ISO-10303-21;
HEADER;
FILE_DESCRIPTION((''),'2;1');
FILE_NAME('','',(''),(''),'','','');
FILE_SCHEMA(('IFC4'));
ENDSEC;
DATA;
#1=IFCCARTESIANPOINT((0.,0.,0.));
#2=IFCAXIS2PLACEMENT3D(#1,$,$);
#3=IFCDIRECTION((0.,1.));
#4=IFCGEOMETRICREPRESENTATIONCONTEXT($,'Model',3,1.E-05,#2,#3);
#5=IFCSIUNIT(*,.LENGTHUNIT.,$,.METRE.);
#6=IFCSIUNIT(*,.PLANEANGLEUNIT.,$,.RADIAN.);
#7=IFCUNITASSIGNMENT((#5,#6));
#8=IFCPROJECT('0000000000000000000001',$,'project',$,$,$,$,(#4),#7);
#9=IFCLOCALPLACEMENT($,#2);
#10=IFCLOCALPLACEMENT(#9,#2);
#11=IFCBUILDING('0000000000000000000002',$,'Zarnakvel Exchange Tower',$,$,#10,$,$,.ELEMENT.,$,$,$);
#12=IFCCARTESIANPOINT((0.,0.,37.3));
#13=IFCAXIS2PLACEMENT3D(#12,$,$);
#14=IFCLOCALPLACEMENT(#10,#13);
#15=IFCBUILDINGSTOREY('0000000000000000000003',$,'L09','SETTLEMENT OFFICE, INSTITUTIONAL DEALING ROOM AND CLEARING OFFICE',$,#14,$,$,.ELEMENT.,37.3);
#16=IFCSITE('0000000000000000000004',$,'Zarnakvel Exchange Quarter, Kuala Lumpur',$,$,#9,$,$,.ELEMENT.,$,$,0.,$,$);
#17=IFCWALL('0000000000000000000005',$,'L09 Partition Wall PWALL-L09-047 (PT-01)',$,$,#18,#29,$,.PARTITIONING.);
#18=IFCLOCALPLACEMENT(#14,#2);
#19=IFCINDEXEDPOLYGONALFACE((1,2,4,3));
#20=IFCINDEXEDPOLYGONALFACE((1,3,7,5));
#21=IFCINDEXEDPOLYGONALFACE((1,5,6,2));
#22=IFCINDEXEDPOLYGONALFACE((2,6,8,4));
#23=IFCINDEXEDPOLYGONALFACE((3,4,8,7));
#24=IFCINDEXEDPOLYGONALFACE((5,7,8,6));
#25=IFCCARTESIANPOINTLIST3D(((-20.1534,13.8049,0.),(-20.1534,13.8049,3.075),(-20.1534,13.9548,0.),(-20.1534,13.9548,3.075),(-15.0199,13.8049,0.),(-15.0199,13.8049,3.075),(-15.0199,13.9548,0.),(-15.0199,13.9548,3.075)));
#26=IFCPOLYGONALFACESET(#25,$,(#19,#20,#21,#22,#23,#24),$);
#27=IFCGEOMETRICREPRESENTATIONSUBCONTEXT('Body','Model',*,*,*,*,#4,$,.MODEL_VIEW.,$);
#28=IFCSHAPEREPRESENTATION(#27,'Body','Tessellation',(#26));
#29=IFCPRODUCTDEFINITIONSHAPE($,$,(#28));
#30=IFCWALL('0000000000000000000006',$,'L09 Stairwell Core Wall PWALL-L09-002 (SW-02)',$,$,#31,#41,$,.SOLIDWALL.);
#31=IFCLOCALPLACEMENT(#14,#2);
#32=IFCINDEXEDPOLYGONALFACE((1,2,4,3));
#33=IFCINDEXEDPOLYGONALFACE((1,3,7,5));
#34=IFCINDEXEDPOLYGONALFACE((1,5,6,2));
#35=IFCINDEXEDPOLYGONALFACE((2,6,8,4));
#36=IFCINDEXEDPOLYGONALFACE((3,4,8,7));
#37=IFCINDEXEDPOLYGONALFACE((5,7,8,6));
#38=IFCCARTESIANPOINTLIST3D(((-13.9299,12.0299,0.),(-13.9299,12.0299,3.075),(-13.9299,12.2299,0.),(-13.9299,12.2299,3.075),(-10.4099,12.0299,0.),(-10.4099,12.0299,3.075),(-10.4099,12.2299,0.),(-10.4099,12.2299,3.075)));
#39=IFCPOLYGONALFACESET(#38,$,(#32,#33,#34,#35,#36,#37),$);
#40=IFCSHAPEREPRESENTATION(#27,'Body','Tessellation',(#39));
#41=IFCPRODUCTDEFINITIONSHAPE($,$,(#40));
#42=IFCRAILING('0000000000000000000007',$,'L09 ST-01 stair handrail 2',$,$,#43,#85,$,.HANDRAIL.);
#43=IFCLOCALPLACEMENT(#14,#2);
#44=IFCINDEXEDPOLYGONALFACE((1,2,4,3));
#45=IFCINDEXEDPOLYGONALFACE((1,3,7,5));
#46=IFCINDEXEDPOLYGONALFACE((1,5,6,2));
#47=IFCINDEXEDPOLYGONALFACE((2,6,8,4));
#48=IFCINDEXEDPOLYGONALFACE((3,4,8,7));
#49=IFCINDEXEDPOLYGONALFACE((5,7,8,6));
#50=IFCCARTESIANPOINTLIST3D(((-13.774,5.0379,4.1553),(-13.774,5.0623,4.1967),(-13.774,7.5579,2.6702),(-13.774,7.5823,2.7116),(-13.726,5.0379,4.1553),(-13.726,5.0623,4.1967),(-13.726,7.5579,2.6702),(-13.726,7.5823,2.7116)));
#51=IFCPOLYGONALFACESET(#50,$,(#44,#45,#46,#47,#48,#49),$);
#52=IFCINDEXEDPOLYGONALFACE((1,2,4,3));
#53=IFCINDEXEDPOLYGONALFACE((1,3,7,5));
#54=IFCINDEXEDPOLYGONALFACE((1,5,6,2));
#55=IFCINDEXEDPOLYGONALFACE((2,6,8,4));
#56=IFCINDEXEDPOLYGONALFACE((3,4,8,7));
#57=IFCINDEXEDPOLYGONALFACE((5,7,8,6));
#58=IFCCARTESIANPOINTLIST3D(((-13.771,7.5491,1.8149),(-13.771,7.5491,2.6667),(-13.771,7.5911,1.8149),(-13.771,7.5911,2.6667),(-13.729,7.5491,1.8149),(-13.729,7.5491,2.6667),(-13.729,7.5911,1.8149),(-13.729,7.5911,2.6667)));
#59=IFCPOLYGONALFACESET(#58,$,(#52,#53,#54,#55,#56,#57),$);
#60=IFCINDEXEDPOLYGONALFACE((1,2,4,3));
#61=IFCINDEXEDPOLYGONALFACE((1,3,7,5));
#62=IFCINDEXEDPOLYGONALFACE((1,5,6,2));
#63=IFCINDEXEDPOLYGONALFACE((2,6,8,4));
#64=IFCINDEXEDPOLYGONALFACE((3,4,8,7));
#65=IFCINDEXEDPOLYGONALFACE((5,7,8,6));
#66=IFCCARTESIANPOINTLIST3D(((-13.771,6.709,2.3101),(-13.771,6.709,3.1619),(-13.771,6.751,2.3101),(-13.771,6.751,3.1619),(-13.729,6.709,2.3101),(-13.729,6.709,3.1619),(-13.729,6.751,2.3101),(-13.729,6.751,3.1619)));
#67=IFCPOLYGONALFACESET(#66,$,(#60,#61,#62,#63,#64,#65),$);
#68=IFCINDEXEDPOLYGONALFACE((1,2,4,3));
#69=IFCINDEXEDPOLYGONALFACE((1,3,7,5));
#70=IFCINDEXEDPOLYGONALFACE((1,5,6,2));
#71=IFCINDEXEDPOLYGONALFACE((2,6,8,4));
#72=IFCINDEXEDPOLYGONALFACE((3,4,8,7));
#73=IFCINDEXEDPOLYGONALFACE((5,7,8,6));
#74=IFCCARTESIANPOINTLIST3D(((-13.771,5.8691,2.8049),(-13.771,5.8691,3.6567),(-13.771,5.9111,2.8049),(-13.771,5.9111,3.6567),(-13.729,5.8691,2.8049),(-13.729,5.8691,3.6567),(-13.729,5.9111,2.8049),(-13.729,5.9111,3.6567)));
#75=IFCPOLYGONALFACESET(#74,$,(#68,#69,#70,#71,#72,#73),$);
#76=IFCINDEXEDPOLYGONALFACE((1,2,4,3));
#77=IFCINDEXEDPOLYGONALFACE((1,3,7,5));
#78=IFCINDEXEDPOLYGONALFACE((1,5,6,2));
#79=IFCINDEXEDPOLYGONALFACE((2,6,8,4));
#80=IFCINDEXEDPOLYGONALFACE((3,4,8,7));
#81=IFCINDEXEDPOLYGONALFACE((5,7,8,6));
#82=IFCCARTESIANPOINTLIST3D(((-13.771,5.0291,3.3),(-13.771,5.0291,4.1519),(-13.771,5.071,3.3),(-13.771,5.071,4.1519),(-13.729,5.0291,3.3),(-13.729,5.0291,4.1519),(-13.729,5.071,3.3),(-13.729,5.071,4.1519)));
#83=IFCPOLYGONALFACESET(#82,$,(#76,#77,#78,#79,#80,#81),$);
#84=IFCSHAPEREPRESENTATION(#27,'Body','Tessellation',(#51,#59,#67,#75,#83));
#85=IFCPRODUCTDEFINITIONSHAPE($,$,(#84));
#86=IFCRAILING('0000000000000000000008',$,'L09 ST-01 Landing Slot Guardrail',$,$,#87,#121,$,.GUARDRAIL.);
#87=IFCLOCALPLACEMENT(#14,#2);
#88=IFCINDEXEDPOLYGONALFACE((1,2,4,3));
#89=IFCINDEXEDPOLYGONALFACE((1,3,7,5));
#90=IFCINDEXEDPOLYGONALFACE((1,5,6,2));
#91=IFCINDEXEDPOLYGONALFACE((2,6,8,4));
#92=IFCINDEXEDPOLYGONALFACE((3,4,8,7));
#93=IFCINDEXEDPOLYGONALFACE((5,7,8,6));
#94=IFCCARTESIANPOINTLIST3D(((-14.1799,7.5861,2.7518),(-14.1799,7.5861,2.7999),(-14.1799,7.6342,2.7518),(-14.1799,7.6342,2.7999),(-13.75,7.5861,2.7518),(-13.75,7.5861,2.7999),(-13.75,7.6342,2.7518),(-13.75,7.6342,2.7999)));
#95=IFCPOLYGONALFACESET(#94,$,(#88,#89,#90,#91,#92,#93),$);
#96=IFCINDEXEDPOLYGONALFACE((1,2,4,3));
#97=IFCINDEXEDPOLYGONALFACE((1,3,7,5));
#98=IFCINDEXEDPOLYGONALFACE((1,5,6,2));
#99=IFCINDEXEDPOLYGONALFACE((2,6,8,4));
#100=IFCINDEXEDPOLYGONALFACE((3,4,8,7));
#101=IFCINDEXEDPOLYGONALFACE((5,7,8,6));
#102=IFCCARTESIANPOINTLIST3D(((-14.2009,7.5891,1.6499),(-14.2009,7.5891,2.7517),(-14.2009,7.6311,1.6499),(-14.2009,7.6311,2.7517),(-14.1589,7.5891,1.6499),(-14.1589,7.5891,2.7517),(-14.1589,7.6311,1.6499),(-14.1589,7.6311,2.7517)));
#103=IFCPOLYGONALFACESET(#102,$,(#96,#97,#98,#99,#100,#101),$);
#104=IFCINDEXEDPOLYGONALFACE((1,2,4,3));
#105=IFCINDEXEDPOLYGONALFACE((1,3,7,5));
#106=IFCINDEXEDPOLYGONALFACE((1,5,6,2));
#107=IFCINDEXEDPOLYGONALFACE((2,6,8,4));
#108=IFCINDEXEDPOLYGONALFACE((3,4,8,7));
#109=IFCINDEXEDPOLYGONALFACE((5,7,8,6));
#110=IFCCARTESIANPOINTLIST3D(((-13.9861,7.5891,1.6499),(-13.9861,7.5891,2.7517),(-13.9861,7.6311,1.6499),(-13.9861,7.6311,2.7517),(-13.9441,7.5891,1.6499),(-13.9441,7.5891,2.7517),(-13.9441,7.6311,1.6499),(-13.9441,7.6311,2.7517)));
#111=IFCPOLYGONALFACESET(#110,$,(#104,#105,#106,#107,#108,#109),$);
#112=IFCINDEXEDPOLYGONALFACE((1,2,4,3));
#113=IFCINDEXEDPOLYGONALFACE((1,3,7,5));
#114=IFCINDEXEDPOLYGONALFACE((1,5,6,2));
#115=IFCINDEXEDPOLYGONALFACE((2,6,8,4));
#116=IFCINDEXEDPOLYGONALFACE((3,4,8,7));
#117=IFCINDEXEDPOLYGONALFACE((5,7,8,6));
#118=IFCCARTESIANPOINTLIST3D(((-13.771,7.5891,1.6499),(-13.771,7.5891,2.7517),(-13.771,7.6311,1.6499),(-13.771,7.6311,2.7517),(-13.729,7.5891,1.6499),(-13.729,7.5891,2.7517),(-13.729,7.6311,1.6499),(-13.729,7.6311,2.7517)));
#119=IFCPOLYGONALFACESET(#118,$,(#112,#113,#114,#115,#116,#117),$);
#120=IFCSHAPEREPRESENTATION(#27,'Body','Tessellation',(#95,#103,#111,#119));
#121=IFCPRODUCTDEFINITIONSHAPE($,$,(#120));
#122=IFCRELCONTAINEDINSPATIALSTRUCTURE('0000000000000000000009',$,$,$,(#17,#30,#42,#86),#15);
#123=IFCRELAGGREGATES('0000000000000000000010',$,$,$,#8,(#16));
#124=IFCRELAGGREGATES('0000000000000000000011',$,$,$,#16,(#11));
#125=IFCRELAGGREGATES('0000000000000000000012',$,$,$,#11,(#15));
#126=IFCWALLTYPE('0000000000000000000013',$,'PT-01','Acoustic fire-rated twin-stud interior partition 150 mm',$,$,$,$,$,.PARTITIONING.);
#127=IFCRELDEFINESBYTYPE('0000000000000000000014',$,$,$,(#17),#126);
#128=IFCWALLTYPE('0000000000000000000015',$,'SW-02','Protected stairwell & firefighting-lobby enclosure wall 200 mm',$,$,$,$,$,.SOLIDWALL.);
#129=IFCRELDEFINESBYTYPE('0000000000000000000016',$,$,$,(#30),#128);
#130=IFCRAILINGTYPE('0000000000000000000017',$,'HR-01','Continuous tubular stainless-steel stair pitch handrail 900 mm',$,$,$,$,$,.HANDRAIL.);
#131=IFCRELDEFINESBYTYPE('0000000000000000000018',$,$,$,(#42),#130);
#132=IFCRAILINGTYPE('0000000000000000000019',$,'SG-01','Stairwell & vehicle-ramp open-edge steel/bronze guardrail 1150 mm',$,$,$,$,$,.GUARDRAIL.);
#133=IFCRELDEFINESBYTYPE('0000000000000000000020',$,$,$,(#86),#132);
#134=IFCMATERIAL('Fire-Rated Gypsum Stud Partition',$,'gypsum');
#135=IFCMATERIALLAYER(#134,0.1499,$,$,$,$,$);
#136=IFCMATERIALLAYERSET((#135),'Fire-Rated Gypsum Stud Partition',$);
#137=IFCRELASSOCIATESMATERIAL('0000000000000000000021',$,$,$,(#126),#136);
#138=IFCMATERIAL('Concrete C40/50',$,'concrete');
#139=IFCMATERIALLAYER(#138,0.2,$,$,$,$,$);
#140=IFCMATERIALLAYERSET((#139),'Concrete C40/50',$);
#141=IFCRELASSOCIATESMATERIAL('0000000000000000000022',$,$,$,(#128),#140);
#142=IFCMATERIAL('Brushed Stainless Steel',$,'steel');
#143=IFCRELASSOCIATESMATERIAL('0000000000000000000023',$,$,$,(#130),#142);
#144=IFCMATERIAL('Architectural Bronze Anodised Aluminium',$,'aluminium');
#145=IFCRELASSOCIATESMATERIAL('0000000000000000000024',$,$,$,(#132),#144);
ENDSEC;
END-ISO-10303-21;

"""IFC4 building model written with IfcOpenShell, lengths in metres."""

from ifc_helpers import new_model, si_unit, direction, frame, frame_2d, origin, origin_2d, place, context, subcontext, project, spatial, rectangle, extrude, material, layer, layer_set, type_object, element, save


model = new_model("IFC4")

# Units and contexts
model_context = context("Model", 3, precision=1e-05, world=origin(), true_north=direction((0.0, 1.0)))
body_context = subcontext(model_context, "Body", "Model", "MODEL_VIEW")
ifc_project = project(units=[si_unit("LENGTHUNIT", "METRE"), si_unit("PLANEANGLEUNIT", "RADIAN")], contexts=[model_context])

# Site, building, storey
site_placement = place(None, origin())
site = spatial("IfcSite", under=ifc_project, at=site_placement, Name="Zarnakvel Exchange Quarter, Kuala Lumpur", CompositionType="ELEMENT", RefElevation=0.0)
building_placement = place(site_placement, origin())
building = spatial("IfcBuilding", under=site, at=building_placement, Name="Zarnakvel Exchange Tower", CompositionType="ELEMENT")
storey_placement = place(building_placement, frame((0.0, 0.0, 37.3)))
storey = spatial("IfcBuildingStorey", under=building, at=storey_placement, Name="L09", Description="SETTLEMENT OFFICE, INSTITUTIONAL DEALING ROOM AND CLEARING OFFICE", CompositionType="ELEMENT", Elevation=37.3)

# Shared definitions
ifc_material_1 = material(Name="Architectural Bronze Anodised Aluminium", Category="aluminium")

# Walls
ifc_material_2 = material(Name="Fire-Rated Gypsum Stud Partition", Category="gypsum")
ifc_layer_1 = layer(ifc_material_2, 0.1499)
ifc_layer_set_1 = layer_set([ifc_layer_1], Name="Fire-Rated Gypsum Stud Partition")
wall_type_1 = type_object("IfcWallType", Name="PT-01", Description="Acoustic fire-rated twin-stud interior partition 150 mm", PredefinedType="PARTITIONING", material=ifc_layer_set_1)
wall_1_placement = place(storey_placement, frame((-20.1536, 13.8799, 0.0), z_axis=(0.0, 0.0, 1.0), x_axis=(1.0, 0.0, 0.0)))
element("IfcWall", 1, at=wall_1_placement, inside=storey, type_object=wall_type_1, Name="L09 Partition Wall PWALL-L09-047 (PT-01)", PredefinedType="PARTITIONING", context=body_context, shape_type="SweptSolid", body=[
    extrude(rectangle(XDim=5.1335, YDim=0.1499, at=frame_2d((2.5669, 0.0))), origin(), (0.0, 0.0, 1.0), 3.075),
])
ifc_material_3 = material(Name="Concrete C40/50", Category="concrete")
ifc_layer_2 = layer(ifc_material_3, 0.2)
ifc_layer_set_2 = layer_set([ifc_layer_2], Name="Concrete C40/50")
wall_type_2 = type_object("IfcWallType", Name="SW-02", Description="Protected stairwell & firefighting-lobby enclosure wall 200 mm", PredefinedType="SOLIDWALL", material=ifc_layer_set_2)
wall_2_placement = place(storey_placement, frame((-13.9299, 12.1299, 0.0), z_axis=(0.0, 0.0, 1.0), x_axis=(1.0, 0.0, 0.0)))
element("IfcWall", 2, at=wall_2_placement, inside=storey, type_object=wall_type_2, Name="L09 Stairwell Core Wall PWALL-L09-002 (SW-02)", PredefinedType="SOLIDWALL", context=body_context, shape_type="SweptSolid", body=[
    extrude(rectangle(XDim=3.52, YDim=0.2, at=frame_2d((1.76, 0.0))), origin(), (0.0, 0.0, 1.0), 3.075),
])

# Railings
ifc_material_4 = material(Name="Brushed Stainless Steel", Category="steel")
railing_type_1 = type_object("IfcRailingType", Name="HR-01", Description="Continuous tubular stainless-steel stair pitch handrail 900 mm", PredefinedType="HANDRAIL", material=ifc_material_4)
railing_1_placement = place(storey_placement, frame((-13.75, 7.5701, 1.8149)))
element("IfcRailing", 3, at=railing_1_placement, inside=storey, type_object=railing_type_1, Name="L09 ST-01 stair handrail 2", PredefinedType="HANDRAIL", context=body_context, shape_type="SweptSolid", body=[
    extrude(rectangle(XDim=0.0481, YDim=0.0481, at=origin_2d()), frame((0.0, 0.0, 0.876), z_axis=(0.0, -0.861524, 0.507717), x_axis=(1.0, 0.0, 0.0)), (0.0, 0.0, 1.0), 2.925),
    extrude(rectangle(XDim=0.042, YDim=0.042, at=origin_2d()), origin(), (0.0, 0.0, 1.0), 0.8518),
    extrude(rectangle(XDim=0.042, YDim=0.042, at=origin_2d()), frame((0.0, -0.8401, 0.4951)), (0.0, 0.0, 1.0), 0.8518),
    extrude(rectangle(XDim=0.042, YDim=0.042, at=origin_2d()), frame((0.0, -1.6799, 0.99)), (0.0, 0.0, 1.0), 0.8518),
    extrude(rectangle(XDim=0.042, YDim=0.042, at=origin_2d()), frame((0.0, -2.52, 1.4851)), (0.0, 0.0, 1.0), 0.8518),
])
railing_type_2 = type_object("IfcRailingType", Name="SG-01", Description="Stairwell & vehicle-ramp open-edge steel/bronze guardrail 1150 mm", PredefinedType="GUARDRAIL", material=ifc_material_1)
railing_2_placement = place(storey_placement, frame((-14.1799, 7.6101, 1.6499)))
element("IfcRailing", 4, at=railing_2_placement, inside=storey, type_object=railing_type_2, Name="L09 ST-01 Landing Slot Guardrail", PredefinedType="GUARDRAIL", context=body_context, shape_type="SweptSolid", body=[
    extrude(rectangle(XDim=0.0481, YDim=0.0481, at=origin_2d()), frame((0.0, 0.0, 1.126), z_axis=(1.0, 0.0, 0.0), x_axis=(0.0, 1.0, 0.0)), (0.0, 0.0, 1.0), 0.4299),
    extrude(rectangle(XDim=0.042, YDim=0.042, at=origin_2d()), origin(), (0.0, 0.0, 1.0), 1.1018),
    extrude(rectangle(XDim=0.042, YDim=0.042, at=origin_2d()), frame((0.2148, 0.0, 0.0)), (0.0, 0.0, 1.0), 1.1018),
    extrude(rectangle(XDim=0.042, YDim=0.042, at=origin_2d()), frame((0.4299, 0.0, 0.0)), (0.0, 0.0, 1.0), 1.1018),
])

save(model, "model.ifc")
